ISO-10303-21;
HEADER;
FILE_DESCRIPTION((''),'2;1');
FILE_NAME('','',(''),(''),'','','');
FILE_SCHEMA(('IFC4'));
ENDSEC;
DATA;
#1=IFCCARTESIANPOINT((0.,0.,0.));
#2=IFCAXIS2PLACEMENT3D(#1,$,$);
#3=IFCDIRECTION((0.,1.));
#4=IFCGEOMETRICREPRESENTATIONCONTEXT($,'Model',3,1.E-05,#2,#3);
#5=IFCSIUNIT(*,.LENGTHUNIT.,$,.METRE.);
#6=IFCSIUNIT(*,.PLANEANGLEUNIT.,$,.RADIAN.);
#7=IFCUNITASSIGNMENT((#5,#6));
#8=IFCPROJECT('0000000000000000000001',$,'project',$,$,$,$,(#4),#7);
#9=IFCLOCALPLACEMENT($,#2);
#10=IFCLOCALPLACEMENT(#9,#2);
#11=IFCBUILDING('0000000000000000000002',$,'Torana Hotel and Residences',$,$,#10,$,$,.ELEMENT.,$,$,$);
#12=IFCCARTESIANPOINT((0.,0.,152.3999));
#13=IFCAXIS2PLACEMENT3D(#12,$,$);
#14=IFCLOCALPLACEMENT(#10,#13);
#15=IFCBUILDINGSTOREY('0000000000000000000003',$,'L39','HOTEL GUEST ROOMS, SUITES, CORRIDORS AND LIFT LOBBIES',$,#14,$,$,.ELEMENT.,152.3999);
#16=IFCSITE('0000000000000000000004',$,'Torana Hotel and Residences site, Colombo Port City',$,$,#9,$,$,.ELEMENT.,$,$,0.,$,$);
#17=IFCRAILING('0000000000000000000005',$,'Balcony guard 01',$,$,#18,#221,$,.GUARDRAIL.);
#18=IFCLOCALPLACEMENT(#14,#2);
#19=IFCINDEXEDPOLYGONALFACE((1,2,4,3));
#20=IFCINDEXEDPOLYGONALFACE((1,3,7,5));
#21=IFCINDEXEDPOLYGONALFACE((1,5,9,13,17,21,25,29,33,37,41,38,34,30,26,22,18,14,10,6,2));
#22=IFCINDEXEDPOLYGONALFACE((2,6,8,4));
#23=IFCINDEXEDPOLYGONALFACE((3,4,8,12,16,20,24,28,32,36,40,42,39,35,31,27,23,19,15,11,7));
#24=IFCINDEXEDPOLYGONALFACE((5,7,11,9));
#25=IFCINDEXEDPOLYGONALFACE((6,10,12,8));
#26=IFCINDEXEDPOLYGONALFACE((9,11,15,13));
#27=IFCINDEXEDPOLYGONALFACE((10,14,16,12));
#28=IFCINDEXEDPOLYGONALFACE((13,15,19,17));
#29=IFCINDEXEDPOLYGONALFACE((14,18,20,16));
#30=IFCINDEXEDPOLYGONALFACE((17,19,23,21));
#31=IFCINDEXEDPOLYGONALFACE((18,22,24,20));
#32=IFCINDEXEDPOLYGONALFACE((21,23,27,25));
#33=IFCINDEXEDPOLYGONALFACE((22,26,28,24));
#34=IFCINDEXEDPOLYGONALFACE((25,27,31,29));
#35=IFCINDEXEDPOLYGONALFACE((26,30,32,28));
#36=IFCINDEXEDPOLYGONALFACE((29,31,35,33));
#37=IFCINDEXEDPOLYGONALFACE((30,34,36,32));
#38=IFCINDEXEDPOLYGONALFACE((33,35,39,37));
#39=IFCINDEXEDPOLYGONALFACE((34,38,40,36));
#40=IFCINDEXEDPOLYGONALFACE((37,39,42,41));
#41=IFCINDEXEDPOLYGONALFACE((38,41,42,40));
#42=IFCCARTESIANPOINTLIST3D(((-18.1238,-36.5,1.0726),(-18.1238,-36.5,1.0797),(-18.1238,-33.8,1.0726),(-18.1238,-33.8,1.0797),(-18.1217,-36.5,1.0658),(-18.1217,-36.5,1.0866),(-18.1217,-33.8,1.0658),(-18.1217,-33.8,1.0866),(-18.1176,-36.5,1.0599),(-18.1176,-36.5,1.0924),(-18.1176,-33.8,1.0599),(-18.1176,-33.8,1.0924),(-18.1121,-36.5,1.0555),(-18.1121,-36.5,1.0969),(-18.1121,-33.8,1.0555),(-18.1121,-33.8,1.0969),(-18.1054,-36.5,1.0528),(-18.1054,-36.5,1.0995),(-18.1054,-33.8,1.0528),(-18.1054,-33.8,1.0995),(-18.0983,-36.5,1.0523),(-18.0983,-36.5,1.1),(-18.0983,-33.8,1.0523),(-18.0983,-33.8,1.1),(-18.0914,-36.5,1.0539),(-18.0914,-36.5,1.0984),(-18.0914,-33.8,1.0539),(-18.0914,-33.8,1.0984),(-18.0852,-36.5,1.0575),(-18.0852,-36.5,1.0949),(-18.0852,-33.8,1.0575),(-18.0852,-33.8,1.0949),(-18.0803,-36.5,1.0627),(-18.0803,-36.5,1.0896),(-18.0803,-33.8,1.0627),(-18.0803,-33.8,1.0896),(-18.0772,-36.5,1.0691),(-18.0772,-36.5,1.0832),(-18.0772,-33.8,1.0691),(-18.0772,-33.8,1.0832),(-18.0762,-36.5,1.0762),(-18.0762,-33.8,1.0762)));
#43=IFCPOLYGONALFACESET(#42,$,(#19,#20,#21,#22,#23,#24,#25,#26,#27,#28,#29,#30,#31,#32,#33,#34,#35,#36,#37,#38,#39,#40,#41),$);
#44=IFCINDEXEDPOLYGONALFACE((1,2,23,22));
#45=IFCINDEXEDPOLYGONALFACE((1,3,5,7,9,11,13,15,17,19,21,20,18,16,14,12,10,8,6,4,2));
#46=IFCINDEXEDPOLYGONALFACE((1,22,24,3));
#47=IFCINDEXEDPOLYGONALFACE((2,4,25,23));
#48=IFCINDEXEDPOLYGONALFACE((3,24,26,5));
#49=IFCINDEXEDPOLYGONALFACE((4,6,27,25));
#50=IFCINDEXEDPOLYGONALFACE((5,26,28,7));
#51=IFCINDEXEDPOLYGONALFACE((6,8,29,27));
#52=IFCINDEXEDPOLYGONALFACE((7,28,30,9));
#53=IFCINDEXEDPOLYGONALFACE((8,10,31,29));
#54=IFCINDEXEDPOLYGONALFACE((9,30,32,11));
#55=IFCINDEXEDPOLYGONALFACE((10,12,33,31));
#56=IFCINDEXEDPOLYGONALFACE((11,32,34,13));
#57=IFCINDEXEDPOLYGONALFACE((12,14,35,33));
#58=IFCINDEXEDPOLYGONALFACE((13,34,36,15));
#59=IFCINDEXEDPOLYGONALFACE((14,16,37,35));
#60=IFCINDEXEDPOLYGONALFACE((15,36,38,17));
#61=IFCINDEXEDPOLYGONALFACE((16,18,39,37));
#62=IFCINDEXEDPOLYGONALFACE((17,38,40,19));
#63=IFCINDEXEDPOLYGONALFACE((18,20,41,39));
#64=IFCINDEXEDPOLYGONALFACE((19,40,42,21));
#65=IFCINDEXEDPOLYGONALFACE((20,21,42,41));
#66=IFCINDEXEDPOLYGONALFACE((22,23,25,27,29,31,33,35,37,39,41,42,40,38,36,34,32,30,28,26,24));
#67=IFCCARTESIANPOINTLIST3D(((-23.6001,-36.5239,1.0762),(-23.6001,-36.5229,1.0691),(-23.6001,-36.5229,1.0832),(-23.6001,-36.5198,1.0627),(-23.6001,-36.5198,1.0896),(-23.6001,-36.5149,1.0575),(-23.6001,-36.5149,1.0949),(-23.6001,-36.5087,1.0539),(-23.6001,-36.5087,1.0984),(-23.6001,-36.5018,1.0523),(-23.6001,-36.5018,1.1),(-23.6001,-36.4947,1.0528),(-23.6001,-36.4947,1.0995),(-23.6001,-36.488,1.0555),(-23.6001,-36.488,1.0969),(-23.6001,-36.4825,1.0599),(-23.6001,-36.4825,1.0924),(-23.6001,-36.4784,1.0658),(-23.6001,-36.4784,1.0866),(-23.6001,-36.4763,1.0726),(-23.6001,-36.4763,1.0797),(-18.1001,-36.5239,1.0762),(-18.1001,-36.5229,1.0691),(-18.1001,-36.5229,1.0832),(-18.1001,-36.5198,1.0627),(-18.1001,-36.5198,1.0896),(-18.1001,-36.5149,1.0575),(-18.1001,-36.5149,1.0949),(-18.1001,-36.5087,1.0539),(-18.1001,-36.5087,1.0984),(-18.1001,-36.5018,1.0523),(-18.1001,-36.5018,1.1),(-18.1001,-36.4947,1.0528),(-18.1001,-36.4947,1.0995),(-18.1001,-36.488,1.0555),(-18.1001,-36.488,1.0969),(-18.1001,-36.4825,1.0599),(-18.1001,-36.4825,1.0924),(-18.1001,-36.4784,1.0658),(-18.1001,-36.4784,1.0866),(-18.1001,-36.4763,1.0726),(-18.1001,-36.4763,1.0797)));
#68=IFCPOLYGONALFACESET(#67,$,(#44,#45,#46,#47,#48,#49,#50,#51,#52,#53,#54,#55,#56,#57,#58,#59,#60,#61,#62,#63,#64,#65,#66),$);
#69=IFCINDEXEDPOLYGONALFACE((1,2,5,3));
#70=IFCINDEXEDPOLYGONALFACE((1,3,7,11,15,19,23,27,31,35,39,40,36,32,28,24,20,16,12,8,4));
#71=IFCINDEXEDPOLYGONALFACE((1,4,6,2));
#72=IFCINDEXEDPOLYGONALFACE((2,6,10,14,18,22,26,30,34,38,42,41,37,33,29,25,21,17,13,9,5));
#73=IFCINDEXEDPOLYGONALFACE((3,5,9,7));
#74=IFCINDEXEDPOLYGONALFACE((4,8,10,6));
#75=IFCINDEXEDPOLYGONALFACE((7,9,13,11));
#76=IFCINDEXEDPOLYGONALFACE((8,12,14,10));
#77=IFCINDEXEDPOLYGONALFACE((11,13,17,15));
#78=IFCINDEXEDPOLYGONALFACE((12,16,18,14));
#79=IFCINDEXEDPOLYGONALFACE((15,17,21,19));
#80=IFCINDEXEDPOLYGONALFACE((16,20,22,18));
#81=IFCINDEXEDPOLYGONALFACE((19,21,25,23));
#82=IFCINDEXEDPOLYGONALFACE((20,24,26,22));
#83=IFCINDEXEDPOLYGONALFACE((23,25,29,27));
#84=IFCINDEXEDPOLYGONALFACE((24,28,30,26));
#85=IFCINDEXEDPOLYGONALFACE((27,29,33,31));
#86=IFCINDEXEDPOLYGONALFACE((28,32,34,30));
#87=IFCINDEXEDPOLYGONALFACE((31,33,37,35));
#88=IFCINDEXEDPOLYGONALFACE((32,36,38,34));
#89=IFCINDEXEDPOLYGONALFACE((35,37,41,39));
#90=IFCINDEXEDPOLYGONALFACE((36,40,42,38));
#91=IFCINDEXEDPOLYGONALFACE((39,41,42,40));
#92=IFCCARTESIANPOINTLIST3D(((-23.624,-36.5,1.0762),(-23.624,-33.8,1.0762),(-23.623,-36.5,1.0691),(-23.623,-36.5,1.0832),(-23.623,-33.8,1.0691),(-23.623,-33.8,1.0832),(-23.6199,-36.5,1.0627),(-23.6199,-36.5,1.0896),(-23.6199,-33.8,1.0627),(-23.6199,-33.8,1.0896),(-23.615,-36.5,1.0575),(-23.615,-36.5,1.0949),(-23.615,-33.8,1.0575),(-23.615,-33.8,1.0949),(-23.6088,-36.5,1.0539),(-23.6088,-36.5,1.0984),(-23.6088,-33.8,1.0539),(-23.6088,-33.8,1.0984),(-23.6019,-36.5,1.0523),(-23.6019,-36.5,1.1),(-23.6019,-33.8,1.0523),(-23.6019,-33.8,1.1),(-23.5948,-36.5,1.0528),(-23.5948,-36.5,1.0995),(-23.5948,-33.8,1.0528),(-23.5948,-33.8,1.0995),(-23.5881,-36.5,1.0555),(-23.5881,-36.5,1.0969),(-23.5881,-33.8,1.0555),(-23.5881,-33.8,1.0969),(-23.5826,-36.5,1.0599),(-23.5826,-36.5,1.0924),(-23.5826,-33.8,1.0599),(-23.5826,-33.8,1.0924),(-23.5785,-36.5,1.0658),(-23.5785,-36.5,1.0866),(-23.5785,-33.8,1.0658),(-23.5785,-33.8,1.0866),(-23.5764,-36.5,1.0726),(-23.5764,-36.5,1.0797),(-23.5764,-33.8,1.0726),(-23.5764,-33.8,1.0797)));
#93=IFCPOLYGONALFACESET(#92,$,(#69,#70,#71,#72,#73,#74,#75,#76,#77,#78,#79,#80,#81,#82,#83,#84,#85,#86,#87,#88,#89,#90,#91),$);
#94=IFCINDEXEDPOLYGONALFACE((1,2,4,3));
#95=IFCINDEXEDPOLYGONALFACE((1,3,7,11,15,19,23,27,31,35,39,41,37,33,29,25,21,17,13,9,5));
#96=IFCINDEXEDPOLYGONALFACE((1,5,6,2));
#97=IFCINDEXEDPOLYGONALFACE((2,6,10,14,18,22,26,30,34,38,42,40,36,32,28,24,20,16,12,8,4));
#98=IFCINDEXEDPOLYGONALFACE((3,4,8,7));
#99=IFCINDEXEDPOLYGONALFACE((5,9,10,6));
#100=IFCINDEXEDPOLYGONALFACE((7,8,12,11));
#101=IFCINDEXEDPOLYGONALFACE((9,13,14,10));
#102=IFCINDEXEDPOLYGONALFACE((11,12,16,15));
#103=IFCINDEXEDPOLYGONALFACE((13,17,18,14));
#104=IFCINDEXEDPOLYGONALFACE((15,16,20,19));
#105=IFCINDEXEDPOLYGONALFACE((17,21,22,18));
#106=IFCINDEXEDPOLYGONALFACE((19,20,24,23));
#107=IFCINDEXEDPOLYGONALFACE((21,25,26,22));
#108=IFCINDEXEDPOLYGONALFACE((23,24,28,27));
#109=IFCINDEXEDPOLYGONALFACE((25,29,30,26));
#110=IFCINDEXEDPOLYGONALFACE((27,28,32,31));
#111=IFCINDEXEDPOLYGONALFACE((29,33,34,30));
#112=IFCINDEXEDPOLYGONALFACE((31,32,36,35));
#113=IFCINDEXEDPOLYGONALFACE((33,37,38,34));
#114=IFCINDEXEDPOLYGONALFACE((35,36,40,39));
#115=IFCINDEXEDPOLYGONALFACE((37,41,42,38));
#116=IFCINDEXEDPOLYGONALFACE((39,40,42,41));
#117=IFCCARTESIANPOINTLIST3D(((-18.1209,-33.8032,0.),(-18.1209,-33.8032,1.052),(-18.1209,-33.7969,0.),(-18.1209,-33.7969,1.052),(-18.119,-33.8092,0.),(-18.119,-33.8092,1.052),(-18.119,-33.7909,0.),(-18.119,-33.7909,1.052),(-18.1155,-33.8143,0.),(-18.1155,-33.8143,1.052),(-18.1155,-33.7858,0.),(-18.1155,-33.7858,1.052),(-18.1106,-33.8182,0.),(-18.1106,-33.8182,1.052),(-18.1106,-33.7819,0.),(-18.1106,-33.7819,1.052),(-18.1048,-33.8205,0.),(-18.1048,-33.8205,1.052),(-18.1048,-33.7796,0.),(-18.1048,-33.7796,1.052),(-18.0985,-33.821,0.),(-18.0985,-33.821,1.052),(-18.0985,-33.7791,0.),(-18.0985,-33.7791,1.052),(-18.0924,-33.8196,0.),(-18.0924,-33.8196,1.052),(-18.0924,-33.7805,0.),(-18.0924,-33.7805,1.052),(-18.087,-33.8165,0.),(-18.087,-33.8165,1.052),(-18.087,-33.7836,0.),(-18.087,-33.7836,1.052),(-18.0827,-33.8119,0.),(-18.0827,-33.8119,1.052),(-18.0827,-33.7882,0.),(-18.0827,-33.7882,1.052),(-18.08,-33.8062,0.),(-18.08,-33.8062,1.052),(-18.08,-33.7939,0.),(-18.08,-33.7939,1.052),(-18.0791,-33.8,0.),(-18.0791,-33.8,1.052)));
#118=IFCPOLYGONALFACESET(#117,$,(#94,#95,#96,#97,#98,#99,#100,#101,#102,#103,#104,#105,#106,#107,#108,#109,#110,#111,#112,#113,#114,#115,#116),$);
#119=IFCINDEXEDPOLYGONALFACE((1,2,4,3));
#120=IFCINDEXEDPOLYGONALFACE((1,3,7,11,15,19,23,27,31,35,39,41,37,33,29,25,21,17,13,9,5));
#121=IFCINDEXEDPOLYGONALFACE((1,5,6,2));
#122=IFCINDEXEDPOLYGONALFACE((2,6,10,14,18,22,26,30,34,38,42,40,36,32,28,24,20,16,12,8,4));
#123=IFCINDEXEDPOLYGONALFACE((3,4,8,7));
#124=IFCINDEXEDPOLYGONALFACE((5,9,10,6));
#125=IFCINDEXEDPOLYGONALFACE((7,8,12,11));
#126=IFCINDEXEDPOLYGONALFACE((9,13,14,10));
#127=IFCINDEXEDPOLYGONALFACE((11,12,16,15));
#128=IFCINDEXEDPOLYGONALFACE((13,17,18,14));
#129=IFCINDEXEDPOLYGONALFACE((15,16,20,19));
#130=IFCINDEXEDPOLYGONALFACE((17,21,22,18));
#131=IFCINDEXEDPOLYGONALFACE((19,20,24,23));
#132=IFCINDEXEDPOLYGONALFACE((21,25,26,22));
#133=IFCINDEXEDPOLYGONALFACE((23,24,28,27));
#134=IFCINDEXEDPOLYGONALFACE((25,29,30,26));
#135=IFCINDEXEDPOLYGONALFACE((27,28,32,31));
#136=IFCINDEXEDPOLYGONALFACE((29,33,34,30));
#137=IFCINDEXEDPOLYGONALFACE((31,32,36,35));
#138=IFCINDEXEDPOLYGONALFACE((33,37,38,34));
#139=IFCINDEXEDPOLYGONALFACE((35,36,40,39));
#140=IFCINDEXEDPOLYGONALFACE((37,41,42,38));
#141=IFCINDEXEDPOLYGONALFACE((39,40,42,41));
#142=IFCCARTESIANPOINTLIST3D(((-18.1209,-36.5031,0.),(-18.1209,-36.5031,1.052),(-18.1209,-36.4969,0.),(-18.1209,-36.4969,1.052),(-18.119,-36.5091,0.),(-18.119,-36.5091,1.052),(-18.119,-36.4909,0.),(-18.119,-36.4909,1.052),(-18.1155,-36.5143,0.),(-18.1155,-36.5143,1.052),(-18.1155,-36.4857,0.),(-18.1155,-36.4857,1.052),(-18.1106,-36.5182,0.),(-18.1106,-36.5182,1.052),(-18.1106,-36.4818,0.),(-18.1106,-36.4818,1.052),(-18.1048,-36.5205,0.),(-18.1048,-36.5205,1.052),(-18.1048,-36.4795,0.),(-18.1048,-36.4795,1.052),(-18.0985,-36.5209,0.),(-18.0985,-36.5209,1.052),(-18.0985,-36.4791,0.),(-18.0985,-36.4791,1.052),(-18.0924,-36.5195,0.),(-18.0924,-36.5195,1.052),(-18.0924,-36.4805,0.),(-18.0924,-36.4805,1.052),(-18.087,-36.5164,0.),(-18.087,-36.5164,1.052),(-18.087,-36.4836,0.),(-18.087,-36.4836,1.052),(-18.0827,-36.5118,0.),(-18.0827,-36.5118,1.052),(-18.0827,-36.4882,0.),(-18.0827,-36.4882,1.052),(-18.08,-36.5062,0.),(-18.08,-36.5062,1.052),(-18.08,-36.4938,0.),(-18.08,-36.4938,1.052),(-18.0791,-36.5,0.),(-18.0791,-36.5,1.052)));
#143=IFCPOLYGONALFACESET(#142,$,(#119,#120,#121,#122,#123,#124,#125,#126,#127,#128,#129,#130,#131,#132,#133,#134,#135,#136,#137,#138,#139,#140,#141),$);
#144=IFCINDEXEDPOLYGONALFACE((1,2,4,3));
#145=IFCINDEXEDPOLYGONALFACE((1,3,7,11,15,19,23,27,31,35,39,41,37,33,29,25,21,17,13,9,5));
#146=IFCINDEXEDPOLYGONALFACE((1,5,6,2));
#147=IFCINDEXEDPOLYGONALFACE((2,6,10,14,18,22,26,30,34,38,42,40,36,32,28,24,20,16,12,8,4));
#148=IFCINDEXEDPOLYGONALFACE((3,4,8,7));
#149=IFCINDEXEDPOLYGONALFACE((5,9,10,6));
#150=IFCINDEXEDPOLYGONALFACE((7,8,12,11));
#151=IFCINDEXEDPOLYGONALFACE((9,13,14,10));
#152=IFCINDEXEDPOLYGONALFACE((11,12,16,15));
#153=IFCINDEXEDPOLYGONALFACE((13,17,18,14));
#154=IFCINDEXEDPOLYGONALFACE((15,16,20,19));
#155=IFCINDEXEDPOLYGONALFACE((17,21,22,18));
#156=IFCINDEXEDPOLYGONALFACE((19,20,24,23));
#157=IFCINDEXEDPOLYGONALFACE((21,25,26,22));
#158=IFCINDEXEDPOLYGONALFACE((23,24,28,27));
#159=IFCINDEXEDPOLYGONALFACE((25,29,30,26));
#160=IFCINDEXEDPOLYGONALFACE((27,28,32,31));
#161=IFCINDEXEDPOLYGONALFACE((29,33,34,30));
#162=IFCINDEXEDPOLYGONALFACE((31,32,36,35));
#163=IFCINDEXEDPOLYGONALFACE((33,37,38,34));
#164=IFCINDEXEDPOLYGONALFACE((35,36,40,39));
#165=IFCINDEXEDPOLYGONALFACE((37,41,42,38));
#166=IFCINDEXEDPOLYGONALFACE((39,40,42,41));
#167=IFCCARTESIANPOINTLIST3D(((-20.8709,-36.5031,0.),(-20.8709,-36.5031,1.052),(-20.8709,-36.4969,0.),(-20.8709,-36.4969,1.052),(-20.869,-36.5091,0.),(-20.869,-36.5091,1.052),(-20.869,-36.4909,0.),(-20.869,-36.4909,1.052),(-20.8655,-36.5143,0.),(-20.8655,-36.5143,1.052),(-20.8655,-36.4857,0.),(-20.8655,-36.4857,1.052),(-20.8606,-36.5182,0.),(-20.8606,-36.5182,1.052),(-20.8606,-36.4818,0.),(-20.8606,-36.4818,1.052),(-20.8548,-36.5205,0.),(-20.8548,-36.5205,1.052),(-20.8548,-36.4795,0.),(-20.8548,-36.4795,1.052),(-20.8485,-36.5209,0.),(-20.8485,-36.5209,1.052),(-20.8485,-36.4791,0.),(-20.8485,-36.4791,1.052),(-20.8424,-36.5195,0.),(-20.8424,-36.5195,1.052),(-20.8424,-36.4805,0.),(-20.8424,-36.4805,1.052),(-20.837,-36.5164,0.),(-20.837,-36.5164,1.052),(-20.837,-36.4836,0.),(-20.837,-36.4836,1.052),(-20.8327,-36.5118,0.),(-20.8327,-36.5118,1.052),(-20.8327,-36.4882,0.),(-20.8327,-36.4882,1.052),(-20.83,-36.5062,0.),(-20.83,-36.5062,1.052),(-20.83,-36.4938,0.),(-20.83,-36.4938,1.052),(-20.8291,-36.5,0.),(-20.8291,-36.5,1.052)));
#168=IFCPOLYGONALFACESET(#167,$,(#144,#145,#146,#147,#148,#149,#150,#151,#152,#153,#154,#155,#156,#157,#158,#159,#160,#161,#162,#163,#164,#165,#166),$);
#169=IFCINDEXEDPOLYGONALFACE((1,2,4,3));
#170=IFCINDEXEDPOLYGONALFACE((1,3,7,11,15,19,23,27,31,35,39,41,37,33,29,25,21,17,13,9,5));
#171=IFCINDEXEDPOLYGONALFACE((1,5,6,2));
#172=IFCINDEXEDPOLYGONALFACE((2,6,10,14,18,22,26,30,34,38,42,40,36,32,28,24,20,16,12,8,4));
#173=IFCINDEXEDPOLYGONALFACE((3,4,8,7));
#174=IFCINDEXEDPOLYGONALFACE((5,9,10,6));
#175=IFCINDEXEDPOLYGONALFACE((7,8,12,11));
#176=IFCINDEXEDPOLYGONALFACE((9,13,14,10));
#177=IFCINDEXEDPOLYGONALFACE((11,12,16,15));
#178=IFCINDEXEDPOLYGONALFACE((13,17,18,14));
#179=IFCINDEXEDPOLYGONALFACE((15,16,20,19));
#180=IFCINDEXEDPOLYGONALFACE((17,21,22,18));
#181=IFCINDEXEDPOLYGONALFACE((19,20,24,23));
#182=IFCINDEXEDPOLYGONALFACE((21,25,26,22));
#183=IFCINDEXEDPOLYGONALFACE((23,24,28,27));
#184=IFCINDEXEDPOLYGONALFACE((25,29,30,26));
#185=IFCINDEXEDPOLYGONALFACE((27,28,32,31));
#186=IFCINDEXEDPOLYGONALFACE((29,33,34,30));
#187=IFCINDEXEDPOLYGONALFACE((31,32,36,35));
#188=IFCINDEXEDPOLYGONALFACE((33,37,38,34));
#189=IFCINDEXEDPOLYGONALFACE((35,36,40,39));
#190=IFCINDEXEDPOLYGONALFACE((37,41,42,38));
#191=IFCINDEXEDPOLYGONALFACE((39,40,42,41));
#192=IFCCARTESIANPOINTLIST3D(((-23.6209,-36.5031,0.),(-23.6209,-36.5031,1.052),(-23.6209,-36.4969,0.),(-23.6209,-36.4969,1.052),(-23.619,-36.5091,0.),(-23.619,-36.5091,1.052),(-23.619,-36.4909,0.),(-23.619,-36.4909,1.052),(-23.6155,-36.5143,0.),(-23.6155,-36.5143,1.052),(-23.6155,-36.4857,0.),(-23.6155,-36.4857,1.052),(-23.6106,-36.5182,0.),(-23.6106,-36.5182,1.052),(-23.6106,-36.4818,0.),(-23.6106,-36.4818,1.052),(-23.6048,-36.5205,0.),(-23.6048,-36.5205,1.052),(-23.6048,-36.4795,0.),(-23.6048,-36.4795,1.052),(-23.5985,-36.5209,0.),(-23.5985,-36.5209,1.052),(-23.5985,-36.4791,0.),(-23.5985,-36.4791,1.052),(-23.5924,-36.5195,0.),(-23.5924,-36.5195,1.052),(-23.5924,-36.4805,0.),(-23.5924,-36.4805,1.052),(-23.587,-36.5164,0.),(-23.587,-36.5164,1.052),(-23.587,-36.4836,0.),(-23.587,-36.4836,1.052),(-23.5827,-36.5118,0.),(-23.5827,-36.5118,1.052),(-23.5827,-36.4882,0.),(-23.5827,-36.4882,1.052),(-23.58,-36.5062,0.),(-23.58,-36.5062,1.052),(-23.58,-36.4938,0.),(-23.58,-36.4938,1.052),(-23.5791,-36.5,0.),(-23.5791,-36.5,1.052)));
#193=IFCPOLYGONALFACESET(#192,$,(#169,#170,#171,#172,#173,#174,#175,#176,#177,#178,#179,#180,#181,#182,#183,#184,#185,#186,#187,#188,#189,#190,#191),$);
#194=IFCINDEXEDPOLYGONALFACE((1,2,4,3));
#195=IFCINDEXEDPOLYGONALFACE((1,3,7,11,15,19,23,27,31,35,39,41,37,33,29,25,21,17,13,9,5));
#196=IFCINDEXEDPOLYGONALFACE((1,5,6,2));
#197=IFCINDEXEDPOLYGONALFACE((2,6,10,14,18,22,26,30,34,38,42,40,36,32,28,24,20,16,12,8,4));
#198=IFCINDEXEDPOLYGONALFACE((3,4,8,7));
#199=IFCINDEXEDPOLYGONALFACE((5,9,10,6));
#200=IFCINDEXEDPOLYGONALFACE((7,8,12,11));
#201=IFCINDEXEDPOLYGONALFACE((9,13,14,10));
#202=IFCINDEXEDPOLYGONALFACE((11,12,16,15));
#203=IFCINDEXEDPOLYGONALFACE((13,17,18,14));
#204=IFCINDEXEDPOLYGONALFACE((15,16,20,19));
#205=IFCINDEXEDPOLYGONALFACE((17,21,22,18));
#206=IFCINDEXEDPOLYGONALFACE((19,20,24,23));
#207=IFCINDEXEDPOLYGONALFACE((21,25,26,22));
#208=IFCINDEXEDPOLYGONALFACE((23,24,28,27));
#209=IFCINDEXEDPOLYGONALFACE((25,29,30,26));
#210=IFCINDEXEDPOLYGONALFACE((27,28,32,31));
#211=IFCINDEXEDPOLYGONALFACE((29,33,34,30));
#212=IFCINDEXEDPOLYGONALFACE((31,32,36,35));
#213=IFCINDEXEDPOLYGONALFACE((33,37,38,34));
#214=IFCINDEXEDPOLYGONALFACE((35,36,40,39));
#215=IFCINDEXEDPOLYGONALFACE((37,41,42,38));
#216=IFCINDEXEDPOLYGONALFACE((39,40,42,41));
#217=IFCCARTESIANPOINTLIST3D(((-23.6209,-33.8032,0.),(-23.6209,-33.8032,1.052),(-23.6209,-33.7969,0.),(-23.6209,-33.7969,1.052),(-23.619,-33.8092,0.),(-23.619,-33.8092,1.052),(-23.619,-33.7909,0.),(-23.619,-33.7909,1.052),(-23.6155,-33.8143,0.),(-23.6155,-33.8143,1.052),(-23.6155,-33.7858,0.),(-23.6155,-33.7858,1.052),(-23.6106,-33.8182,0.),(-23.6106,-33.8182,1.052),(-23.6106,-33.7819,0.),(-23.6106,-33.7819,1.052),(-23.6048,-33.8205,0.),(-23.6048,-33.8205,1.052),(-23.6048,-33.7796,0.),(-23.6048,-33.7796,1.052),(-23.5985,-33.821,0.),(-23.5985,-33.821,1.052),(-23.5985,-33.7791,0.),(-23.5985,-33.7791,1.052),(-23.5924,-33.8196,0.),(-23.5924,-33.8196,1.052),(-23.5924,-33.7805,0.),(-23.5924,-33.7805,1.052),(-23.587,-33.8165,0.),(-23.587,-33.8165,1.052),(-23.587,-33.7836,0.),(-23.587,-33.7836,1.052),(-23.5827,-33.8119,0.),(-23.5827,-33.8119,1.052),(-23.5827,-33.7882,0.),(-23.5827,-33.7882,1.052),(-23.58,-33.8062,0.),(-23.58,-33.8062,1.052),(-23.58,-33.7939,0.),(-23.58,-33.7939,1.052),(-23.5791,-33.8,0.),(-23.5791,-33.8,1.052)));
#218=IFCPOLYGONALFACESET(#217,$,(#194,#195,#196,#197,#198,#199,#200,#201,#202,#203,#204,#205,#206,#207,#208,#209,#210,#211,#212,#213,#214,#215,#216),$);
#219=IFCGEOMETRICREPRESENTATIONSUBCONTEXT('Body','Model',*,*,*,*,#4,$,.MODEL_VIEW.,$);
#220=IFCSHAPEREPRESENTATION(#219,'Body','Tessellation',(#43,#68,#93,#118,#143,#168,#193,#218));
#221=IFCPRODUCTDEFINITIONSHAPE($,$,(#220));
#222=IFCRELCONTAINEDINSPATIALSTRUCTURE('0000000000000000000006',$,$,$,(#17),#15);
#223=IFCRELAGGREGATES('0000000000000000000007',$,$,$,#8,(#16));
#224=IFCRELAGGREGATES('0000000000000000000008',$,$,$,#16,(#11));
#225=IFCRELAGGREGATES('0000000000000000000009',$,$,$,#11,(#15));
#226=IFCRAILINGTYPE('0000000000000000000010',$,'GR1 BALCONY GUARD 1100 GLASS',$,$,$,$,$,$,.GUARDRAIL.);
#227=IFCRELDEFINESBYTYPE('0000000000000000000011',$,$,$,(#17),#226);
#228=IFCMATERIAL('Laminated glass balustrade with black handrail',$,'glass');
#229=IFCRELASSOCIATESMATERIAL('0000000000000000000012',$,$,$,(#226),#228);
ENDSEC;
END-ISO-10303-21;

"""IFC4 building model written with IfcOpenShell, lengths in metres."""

from ifc_helpers import new_model, si_unit, direction, frame, origin, origin_2d, place, context, subcontext, project, spatial, circle, extrude, material, type_object, element, save


model = new_model("IFC4")

# Units and contexts
model_context = context("Model", 3, precision=1e-05, world=origin(), true_north=direction((0.0, 1.0)))
body_context = subcontext(model_context, "Body", "Model", "MODEL_VIEW")
ifc_project = project(units=[si_unit("LENGTHUNIT", "METRE"), si_unit("PLANEANGLEUNIT", "RADIAN")], contexts=[model_context])

# Site, building, storey
site_placement = place(None, origin())
site = spatial("IfcSite", under=ifc_project, at=site_placement, Name="Torana Hotel and Residences site, Colombo Port City", CompositionType="ELEMENT", RefElevation=0.0)
building_placement = place(site_placement, origin())
building = spatial("IfcBuilding", under=site, at=building_placement, Name="Torana Hotel and Residences", CompositionType="ELEMENT")
storey_placement = place(building_placement, frame((0.0, 0.0, 152.3999)))
storey = spatial("IfcBuildingStorey", under=building, at=storey_placement, Name="L39", Description="HOTEL GUEST ROOMS, SUITES, CORRIDORS AND LIFT LOBBIES", CompositionType="ELEMENT", Elevation=152.3999)

# Railing
ifc_material_1 = material(Name="Laminated glass balustrade with black handrail", Category="glass")
railing_type = type_object("IfcRailingType", Name="GR1 BALCONY GUARD 1100 GLASS", PredefinedType="GUARDRAIL", material=ifc_material_1)
railing_placement = place(storey_placement, frame((-18.1001, -33.8, 0.0)))
element("IfcRailing", 1, at=railing_placement, inside=storey, type_object=railing_type, Name="Balcony guard 01", PredefinedType="GUARDRAIL", context=body_context, shape_type="SweptSolid", body=[
    extrude(circle(Radius=0.0239, at=origin_2d()), frame((0.0, 0.0, 1.0762), z_axis=(0.0, -1.0, 0.0), x_axis=(1.0, 0.0, 0.0)), (0.0, 0.0, 1.0), 2.7),
    extrude(circle(Radius=0.0239, at=origin_2d()), frame((0.0, -2.7, 1.0762), z_axis=(-1.0, 0.0, 0.0), x_axis=(0.0, -1.0, 0.0)), (0.0, 0.0, 1.0), 5.5),
    extrude(circle(Radius=0.0239, at=origin_2d()), frame((-5.5, -2.7, 1.0762), z_axis=(0.0, 1.0, 0.0), x_axis=(-1.0, 0.0, 0.0)), (0.0, 0.0, 1.0), 2.7),
    extrude(circle(Radius=0.021, at=origin_2d()), origin(), (0.0, 0.0, 1.0), 1.052),
    extrude(circle(Radius=0.021, at=origin_2d()), frame((0.0, -2.7, 0.0)), (0.0, 0.0, 1.0), 1.052),
    extrude(circle(Radius=0.021, at=origin_2d()), frame((-2.75, -2.7, 0.0)), (0.0, 0.0, 1.0), 1.052),
    extrude(circle(Radius=0.021, at=origin_2d()), frame((-5.5, -2.7, 0.0)), (0.0, 0.0, 1.0), 1.052),
    extrude(circle(Radius=0.021, at=origin_2d()), frame((-5.5, 0.0, 0.0)), (0.0, 0.0, 1.0), 1.052),
])

save(model, "model.ifc")
